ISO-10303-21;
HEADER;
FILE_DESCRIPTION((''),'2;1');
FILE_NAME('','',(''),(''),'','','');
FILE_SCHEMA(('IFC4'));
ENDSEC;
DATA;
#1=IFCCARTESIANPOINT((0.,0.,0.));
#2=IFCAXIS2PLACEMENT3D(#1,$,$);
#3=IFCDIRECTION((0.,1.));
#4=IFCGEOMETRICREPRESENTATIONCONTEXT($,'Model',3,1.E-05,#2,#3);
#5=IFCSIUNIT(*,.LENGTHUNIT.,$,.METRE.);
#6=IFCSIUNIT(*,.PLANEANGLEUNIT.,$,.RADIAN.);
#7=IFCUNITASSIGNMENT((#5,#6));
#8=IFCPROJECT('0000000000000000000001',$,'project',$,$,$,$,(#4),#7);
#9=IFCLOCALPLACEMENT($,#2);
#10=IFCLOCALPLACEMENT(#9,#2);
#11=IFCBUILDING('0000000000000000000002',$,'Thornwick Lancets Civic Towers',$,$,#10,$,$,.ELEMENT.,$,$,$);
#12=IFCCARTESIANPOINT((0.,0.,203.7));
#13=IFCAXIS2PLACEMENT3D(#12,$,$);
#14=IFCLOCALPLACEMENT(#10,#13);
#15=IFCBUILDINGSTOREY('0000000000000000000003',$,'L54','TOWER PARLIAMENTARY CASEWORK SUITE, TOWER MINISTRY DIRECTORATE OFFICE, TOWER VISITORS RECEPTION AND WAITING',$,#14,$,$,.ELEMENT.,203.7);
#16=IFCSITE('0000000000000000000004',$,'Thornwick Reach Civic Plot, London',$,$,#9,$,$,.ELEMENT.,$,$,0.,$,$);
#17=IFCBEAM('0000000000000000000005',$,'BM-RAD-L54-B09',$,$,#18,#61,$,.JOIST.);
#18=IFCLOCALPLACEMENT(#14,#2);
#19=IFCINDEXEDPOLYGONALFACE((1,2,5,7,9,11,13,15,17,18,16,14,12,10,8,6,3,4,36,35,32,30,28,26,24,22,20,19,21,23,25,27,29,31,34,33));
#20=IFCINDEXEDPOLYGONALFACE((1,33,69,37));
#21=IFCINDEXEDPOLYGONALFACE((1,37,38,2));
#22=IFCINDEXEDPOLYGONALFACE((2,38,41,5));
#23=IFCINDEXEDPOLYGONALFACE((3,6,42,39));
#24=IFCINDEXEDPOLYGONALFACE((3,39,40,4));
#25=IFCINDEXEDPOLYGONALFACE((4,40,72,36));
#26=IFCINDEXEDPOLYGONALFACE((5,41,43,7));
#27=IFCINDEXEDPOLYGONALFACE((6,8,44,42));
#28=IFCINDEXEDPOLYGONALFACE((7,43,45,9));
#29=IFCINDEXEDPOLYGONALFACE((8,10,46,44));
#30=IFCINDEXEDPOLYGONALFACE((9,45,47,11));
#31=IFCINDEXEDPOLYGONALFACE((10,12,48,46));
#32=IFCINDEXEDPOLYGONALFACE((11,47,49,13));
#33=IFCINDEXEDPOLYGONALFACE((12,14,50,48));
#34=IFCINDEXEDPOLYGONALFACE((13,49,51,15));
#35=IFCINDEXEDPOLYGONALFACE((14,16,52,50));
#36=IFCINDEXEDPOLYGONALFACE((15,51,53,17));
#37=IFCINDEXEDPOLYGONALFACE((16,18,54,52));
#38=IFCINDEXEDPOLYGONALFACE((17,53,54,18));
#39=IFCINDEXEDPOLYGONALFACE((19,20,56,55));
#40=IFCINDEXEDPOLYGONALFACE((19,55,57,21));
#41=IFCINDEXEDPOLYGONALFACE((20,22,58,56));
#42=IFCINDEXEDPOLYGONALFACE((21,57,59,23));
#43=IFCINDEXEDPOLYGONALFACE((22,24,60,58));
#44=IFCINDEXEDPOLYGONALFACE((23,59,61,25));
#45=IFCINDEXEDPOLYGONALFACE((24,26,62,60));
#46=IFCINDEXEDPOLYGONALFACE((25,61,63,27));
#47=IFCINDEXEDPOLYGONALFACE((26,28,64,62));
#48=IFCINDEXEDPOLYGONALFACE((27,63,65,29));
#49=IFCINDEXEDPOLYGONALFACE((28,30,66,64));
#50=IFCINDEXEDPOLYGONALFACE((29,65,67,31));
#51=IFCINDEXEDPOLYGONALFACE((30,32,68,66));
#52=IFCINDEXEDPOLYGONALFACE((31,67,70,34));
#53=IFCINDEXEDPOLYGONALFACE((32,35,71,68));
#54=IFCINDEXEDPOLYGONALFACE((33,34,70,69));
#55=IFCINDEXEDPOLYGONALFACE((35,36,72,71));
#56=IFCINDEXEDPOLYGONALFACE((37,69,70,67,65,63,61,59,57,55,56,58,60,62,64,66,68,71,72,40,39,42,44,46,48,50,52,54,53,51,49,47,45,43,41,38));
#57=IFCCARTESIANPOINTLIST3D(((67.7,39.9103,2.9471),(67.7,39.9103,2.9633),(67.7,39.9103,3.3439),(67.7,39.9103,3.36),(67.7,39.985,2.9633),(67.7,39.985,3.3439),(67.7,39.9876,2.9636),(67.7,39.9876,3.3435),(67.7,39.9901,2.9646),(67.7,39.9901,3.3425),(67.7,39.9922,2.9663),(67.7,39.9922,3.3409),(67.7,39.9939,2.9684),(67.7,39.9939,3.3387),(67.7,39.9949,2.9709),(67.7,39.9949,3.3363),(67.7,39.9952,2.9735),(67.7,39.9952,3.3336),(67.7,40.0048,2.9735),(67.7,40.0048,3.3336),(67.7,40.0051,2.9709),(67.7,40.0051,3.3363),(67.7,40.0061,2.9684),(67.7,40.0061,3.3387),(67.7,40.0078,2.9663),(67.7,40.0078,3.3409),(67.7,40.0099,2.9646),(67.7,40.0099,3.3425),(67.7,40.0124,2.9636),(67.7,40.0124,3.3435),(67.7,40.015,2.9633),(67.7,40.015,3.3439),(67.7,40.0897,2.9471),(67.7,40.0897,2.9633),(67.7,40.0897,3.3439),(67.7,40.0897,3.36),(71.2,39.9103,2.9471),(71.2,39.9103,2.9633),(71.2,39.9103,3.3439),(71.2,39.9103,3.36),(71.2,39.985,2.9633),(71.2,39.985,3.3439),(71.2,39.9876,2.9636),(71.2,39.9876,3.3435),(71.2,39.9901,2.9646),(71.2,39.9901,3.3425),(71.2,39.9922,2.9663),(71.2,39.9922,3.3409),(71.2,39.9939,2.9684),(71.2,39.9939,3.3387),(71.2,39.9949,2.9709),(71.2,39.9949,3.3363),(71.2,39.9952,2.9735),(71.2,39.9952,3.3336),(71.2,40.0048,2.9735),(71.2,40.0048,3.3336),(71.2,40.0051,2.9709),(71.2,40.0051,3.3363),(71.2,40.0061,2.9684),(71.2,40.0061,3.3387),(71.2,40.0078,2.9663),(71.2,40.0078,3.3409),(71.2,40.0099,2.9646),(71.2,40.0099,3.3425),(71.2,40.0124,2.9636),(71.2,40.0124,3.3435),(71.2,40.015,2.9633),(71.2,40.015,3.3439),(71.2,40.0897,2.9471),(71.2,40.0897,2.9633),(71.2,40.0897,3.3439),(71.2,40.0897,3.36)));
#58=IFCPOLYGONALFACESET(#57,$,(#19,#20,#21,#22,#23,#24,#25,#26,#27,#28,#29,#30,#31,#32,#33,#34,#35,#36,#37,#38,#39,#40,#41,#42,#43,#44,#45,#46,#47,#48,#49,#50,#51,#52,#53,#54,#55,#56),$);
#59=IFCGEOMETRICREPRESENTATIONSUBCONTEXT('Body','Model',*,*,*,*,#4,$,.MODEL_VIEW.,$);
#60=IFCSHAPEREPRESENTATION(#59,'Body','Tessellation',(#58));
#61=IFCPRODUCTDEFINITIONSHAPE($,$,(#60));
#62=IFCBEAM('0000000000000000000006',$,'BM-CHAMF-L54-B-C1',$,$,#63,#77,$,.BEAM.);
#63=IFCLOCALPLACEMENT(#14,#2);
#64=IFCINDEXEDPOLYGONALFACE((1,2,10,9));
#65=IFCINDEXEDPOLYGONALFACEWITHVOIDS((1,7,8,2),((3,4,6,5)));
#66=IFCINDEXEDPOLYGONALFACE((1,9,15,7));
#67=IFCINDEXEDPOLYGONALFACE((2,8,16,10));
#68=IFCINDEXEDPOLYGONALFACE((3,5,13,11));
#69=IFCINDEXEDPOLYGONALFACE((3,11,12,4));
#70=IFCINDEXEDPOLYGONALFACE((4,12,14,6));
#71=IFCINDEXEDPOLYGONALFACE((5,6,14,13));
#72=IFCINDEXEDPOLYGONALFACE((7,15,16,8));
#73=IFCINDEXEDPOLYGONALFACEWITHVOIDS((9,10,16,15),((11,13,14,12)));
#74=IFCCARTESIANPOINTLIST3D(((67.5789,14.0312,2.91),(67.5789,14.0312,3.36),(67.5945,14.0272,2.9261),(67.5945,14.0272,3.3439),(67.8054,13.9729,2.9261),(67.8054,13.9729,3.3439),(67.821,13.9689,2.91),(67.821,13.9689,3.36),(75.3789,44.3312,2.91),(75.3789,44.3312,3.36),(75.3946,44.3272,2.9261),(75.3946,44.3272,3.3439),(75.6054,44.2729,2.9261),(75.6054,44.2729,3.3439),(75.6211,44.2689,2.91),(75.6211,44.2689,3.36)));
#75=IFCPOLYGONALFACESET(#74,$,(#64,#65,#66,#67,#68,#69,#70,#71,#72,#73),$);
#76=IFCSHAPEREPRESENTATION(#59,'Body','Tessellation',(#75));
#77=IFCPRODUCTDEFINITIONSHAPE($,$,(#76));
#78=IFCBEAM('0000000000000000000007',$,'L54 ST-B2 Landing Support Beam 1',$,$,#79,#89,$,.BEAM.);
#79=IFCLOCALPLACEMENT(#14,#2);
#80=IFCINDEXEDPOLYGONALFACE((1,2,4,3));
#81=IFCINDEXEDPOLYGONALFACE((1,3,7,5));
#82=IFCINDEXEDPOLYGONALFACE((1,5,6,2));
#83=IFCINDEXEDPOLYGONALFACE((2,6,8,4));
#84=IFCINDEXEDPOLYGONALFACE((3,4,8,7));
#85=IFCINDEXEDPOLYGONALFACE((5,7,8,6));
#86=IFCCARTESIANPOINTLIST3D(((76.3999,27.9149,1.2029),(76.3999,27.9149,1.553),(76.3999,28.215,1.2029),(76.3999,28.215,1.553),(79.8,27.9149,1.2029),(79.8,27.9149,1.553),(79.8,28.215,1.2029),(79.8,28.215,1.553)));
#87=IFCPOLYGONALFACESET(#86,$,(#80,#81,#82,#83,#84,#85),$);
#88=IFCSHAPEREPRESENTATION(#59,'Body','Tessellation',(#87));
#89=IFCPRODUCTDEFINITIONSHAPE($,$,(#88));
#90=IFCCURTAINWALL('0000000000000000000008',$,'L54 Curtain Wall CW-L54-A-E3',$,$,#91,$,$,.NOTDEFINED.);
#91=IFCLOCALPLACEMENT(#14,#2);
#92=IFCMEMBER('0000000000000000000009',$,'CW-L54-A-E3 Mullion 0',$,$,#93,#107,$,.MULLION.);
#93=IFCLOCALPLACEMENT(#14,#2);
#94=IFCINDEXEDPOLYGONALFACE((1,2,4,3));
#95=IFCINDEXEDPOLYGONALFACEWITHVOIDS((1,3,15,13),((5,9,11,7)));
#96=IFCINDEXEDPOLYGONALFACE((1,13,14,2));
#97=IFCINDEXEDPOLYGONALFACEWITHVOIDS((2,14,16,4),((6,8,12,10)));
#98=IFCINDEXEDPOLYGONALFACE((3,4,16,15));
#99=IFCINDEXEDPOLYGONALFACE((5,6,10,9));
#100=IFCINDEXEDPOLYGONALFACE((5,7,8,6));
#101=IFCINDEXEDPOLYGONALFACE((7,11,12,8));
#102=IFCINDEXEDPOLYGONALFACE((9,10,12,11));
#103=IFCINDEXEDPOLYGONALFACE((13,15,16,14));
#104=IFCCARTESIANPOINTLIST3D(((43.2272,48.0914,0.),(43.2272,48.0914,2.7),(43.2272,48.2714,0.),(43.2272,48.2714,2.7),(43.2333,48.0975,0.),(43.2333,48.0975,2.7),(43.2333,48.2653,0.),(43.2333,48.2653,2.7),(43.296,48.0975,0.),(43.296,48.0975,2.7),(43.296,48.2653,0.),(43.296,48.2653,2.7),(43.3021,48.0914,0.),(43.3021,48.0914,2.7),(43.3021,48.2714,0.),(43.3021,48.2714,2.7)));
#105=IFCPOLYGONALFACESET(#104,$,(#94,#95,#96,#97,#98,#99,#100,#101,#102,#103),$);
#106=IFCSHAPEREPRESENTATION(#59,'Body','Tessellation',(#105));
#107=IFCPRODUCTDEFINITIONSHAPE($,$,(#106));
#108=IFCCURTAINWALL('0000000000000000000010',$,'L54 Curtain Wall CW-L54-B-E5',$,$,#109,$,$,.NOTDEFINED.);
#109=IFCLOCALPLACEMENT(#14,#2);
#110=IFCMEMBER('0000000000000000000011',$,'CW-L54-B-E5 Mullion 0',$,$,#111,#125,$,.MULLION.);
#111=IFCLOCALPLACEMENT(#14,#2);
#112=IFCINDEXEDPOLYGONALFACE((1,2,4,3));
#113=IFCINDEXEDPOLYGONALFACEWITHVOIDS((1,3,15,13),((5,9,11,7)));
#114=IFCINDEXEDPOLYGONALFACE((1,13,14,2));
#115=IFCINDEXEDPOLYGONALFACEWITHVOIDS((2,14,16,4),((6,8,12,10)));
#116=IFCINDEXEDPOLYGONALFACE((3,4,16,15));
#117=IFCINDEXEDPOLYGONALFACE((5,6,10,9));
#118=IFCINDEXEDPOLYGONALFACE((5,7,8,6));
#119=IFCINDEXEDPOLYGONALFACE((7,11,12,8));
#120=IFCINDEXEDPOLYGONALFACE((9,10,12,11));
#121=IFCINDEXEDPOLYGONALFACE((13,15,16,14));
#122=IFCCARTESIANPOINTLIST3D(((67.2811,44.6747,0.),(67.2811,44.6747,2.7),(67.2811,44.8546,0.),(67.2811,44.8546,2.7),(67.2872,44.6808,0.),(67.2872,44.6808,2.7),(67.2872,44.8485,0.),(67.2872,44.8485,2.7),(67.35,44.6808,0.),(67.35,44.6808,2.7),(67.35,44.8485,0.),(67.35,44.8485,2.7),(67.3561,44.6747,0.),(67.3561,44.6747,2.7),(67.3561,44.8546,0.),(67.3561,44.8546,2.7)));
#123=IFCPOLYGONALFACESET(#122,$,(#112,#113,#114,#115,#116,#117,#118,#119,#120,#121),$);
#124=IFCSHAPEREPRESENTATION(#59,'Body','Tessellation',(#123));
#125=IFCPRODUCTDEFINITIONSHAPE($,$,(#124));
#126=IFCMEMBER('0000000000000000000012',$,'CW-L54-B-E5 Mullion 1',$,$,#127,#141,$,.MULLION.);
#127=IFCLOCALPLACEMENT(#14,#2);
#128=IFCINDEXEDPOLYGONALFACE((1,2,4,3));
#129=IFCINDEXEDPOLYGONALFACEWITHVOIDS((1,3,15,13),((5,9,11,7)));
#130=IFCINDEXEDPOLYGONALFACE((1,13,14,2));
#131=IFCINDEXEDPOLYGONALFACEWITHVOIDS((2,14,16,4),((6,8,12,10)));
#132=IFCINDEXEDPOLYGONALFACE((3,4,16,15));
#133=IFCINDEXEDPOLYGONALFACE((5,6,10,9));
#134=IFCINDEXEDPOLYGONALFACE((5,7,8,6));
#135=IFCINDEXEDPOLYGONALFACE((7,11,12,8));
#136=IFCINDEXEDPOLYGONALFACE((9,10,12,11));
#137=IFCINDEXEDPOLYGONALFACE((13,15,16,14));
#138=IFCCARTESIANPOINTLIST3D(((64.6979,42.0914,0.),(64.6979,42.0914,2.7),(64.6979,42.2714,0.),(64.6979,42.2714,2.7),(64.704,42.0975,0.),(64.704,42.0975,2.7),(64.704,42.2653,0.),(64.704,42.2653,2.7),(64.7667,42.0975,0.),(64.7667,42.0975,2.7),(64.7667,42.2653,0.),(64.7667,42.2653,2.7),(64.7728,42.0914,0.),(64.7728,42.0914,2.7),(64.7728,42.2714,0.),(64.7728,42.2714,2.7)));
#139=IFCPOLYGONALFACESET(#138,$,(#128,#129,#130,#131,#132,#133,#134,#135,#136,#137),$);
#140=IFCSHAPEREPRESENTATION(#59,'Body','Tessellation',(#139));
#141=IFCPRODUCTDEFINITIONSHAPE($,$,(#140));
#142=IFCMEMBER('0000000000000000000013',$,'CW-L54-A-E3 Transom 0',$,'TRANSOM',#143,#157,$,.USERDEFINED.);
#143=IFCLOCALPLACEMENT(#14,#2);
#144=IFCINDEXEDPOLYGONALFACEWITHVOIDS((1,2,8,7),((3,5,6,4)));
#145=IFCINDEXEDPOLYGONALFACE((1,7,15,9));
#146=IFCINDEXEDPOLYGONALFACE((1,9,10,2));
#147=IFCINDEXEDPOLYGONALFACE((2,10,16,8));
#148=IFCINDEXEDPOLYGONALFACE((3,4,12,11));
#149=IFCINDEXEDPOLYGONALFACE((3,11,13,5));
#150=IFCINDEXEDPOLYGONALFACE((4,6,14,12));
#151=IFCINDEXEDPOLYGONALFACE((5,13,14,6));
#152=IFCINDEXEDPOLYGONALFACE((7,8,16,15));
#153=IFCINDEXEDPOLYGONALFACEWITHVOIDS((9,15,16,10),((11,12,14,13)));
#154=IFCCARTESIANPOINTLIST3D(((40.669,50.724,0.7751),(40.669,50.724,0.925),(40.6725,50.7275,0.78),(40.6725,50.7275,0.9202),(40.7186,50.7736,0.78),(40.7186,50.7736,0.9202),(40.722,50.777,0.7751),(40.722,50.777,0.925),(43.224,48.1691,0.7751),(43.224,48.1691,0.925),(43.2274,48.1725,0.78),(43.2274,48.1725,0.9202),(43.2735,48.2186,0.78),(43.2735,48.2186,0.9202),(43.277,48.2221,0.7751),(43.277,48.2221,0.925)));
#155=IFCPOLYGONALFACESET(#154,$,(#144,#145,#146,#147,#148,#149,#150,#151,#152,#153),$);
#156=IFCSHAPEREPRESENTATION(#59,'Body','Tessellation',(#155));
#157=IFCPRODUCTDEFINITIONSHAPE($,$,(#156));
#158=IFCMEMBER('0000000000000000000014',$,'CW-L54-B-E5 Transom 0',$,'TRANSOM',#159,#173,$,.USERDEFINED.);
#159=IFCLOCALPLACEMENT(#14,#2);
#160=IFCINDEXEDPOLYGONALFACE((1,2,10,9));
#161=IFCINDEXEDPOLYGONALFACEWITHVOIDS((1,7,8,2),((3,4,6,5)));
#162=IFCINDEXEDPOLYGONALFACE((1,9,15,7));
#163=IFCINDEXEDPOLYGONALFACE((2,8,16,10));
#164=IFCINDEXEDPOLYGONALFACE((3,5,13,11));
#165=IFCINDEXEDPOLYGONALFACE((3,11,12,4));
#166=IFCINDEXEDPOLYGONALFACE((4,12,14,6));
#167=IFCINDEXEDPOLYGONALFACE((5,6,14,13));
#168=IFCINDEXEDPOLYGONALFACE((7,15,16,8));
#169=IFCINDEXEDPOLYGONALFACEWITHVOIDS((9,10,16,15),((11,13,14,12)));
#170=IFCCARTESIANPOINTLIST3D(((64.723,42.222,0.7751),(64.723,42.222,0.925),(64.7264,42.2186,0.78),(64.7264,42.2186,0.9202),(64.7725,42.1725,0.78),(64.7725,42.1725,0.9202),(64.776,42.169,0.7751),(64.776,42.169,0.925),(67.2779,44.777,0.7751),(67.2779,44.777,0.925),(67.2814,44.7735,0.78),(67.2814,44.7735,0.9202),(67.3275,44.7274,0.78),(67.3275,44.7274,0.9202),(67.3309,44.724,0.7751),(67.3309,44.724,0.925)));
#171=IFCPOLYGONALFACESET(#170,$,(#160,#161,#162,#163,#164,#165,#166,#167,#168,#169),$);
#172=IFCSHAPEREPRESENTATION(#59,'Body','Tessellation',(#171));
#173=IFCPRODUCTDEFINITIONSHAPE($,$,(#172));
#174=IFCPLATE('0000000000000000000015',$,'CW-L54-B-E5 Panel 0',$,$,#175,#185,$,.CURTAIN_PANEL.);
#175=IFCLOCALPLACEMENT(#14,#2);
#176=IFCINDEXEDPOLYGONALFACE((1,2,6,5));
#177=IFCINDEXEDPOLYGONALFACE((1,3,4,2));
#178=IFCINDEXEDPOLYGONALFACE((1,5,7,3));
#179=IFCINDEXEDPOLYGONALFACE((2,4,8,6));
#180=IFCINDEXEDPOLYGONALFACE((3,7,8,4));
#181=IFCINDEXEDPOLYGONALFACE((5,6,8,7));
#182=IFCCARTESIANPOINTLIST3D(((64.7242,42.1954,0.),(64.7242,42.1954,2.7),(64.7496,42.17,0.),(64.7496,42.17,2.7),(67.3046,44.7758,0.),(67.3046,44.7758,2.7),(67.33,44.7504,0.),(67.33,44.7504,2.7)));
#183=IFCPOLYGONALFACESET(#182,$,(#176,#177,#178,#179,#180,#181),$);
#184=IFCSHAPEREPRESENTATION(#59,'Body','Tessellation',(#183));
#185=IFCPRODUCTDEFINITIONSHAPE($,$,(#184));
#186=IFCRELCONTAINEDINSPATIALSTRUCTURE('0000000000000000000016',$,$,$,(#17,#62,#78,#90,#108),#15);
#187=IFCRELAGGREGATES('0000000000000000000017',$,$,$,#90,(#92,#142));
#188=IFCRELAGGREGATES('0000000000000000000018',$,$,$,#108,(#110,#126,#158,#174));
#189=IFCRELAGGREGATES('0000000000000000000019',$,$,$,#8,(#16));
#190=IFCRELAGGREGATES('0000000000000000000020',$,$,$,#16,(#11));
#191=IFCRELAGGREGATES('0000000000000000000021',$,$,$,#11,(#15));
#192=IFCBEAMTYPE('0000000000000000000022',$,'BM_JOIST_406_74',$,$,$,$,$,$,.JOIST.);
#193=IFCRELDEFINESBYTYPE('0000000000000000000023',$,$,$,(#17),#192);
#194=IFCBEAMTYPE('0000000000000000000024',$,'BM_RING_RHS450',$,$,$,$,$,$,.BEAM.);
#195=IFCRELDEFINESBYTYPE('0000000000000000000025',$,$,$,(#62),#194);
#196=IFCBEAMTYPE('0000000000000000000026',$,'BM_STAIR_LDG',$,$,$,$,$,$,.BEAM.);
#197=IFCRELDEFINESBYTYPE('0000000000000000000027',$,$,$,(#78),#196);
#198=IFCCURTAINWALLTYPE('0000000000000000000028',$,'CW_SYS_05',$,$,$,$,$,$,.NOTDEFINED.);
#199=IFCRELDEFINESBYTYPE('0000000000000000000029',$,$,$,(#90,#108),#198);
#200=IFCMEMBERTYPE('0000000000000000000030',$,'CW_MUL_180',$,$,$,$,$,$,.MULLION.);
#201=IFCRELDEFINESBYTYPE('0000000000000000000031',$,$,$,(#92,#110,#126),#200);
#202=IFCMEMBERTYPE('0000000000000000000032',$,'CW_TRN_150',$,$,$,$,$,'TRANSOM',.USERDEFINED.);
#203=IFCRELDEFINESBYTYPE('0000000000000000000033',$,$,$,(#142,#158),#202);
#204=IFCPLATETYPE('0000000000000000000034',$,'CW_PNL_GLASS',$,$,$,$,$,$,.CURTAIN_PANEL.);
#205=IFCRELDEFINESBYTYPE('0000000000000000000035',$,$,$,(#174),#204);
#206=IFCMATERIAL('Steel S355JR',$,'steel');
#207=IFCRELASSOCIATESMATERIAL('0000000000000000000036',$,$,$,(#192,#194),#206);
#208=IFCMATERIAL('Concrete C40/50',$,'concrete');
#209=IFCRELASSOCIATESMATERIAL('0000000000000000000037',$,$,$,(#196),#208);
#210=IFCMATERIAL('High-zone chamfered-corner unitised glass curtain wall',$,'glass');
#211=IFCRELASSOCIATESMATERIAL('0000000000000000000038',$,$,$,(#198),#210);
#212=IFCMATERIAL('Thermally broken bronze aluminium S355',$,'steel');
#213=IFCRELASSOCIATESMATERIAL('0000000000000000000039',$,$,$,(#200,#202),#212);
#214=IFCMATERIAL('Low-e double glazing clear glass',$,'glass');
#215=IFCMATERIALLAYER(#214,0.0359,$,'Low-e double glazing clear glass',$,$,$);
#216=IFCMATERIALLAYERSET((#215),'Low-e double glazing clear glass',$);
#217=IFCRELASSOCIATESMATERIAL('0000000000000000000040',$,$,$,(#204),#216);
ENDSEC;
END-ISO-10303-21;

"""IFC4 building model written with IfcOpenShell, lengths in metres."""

from ifc_helpers import new_model, si_unit, direction, frame, origin, origin_2d, place, context, subcontext, project, spatial, rectangle, hollow_rectangle, i_section, extrude, material, layer, layer_set, material_profile, profile_set, type_object, element, aggregate, save


model = new_model("IFC4")

# Units and contexts
model_context = context("Model", 3, precision=1e-05, world=origin(), true_north=direction((0.0, 1.0)))
body_context = subcontext(model_context, "Body", "Model", "MODEL_VIEW")
ifc_project = project(units=[si_unit("LENGTHUNIT", "METRE"), si_unit("PLANEANGLEUNIT", "RADIAN")], contexts=[model_context])

# Site, building, storey
site_placement = place(None, origin())
site = spatial("IfcSite", under=ifc_project, at=site_placement, Name="Thornwick Reach Civic Plot, London", CompositionType="ELEMENT", RefElevation=0.0)
building_placement = place(site_placement, origin())
building = spatial("IfcBuilding", under=site, at=building_placement, Name="Thornwick Lancets Civic Towers", CompositionType="ELEMENT")
storey_placement = place(building_placement, frame((0.0, 0.0, 203.7)))
storey = spatial("IfcBuildingStorey", under=building, at=storey_placement, Name="L54", Description="TOWER PARLIAMENTARY CASEWORK SUITE, TOWER MINISTRY DIRECTORATE OFFICE, TOWER VISITORS RECEPTION AND WAITING", CompositionType="ELEMENT", Elevation=203.7)

# Shared definitions
ifc_material_1 = material(Name="Steel S355JR", Category="steel")

# Beams
ifc_material_profile_1 = material_profile(ifc_material_1, i_section(OverallWidth=0.1794, OverallDepth=0.4128, WebThickness=0.0095, FlangeThickness=0.0161, FilletRadius=0.0103, at=origin_2d()), Name="UKB 406x178x74")
ifc_profile_set_1 = profile_set([ifc_material_profile_1], Name="Steel S355JR")
beam_type_1 = type_object("IfcBeamType", Name="BM_JOIST_406_74", PredefinedType="JOIST", material=ifc_profile_set_1)
for number, where, z_axis, x_axis, name in (
    (1, (71.2, 40.0, 3.1536), (-1.0, 0.0, 0.0), (0.0, -1.0, 0.0), "BM-RAD-L54-B09"),
):
    element("IfcBeam", number, at=place(storey_placement, frame(where, z_axis=z_axis, x_axis=x_axis)), inside=storey, type_object=beam_type_1, Name=name, PredefinedType="JOIST", context=body_context, shape_type="SweptSolid", body=[
        extrude(i_section(OverallWidth=0.1794, OverallDepth=0.4128, WebThickness=0.0095, FlangeThickness=0.0161, FilletRadius=0.0103, at=origin_2d()), origin(), (0.0, 0.0, 1.0), 3.5),
    ])
ifc_material_profile_2 = material_profile(ifc_material_1, hollow_rectangle(XDim=0.25, YDim=0.45, WallThickness=0.0161, at=origin_2d()), Name="RHS 450x250x16")
ifc_profile_set_2 = profile_set([ifc_material_profile_2], Name="Steel S355JR")
beam_type_2 = type_object("IfcBeamType", Name="BM_RING_RHS450", PredefinedType="BEAM", material=ifc_profile_set_2)
beam_1_placement = place(storey_placement, frame((75.5, 44.3, 3.135), z_axis=(-0.249299, -0.968427, 0.0), x_axis=(0.968427, -0.249299, 0.0)))
element("IfcBeam", 2, at=beam_1_placement, inside=storey, type_object=beam_type_2, Name="BM-CHAMF-L54-B-C1", PredefinedType="BEAM", context=body_context, shape_type="SweptSolid", body=[
    extrude(hollow_rectangle(XDim=0.25, YDim=0.45, WallThickness=0.0161, at=origin_2d()), origin(), (0.0, 0.0, 1.0), 31.2878),
])
ifc_material_2 = material(Name="Concrete C40/50", Category="concrete")
ifc_material_profile_3 = material_profile(ifc_material_2, rectangle(XDim=0.3, YDim=0.3501, at=origin_2d()), Name="RC 300x350")
ifc_profile_set_3 = profile_set([ifc_material_profile_3], Name="Concrete C40/50")
beam_type_3 = type_object("IfcBeamType", Name="BM_STAIR_LDG", PredefinedType="BEAM", material=ifc_profile_set_3)
beam_2_placement = place(storey_placement, frame((76.3999, 28.0649, 1.3779), z_axis=(1.0, 0.0, 0.0), x_axis=(0.0, 1.0, 0.0)))
element("IfcBeam", 3, at=beam_2_placement, inside=storey, type_object=beam_type_3, Name="L54 ST-B2 Landing Support Beam 1", PredefinedType="BEAM", context=body_context, shape_type="SweptSolid", body=[
    extrude(rectangle(XDim=0.3, YDim=0.3501, at=origin_2d()), origin(), (0.0, 0.0, 1.0), 3.4001),
])

# Curtain wall, member
ifc_material_3 = material(Name="High-zone chamfered-corner unitised glass curtain wall", Category="glass")
curtain_wall_type = type_object("IfcCurtainWallType", Name="CW_SYS_05", PredefinedType="NOTDEFINED", material=ifc_material_3)
curtain_wall_1_placement = place(storey_placement, origin())
curtain_wall_1 = element("IfcCurtainWall", 4, at=curtain_wall_1_placement, inside=storey, type_object=curtain_wall_type, Name="L54 Curtain Wall CW-L54-A-E3", PredefinedType="NOTDEFINED")
ifc_material_4 = material(Name="Thermally broken bronze aluminium S355", Category="steel")
ifc_material_profile_4 = material_profile(ifc_material_4, hollow_rectangle(XDim=0.075, YDim=0.1799, WallThickness=0.0061, at=origin_2d()), Name="RHS 180x75x6")
ifc_profile_set_4 = profile_set([ifc_material_profile_4], Name="Thermally broken bronze aluminium S355")
member_type_1 = type_object("IfcMemberType", Name="CW_MUL_180", PredefinedType="MULLION", material=ifc_profile_set_4)
member_1_placement = place(storey_placement, frame((43.2646, 48.1814, 0.0), z_axis=(0.0, 0.0, 1.0), x_axis=(1.0, 0.0, 0.0)))
member_1 = element("IfcMember", 5, at=member_1_placement, type_object=member_type_1, Name="CW-L54-A-E3 Mullion 0", PredefinedType="MULLION", context=body_context, shape_type="SweptSolid", body=[
    extrude(hollow_rectangle(XDim=0.075, YDim=0.1799, WallThickness=0.0061, at=origin_2d()), origin(), (0.0, 0.0, 1.0), 2.7),
])

# Curtain wall, members
curtain_wall_2_placement = place(storey_placement, origin())
curtain_wall_2 = element("IfcCurtainWall", 6, at=curtain_wall_2_placement, inside=storey, type_object=curtain_wall_type, Name="L54 Curtain Wall CW-L54-B-E5", PredefinedType="NOTDEFINED")
member_2_placement = place(storey_placement, frame((67.3186, 44.7646, 0.0), z_axis=(0.0, 0.0, 1.0), x_axis=(1.0, 0.0, 0.0)))
member_2 = element("IfcMember", 7, at=member_2_placement, type_object=member_type_1, Name="CW-L54-B-E5 Mullion 0", PredefinedType="MULLION", context=body_context, shape_type="SweptSolid", body=[
    extrude(hollow_rectangle(XDim=0.075, YDim=0.1799, WallThickness=0.0061, at=origin_2d()), origin(), (0.0, 0.0, 1.0), 2.7),
])
member_3_placement = place(storey_placement, frame((64.7354, 42.1814, 0.0), z_axis=(0.0, 0.0, 1.0), x_axis=(1.0, 0.0, 0.0)))
member_3 = element("IfcMember", 8, at=member_3_placement, type_object=member_type_1, Name="CW-L54-B-E5 Mullion 1", PredefinedType="MULLION", context=body_context, shape_type="SweptSolid", body=[
    extrude(hollow_rectangle(XDim=0.075, YDim=0.1799, WallThickness=0.0061, at=origin_2d()), origin(), (0.0, 0.0, 1.0), 2.7),
])

# Members
ifc_material_profile_5 = material_profile(ifc_material_4, hollow_rectangle(XDim=0.075, YDim=0.1499, WallThickness=0.0049, at=origin_2d()), Name="RHS 150x75x5")
ifc_profile_set_5 = profile_set([ifc_material_profile_5], Name="Thermally broken bronze aluminium S355")
member_type_2 = type_object("IfcMemberType", Name="CW_TRN_150", ElementType="TRANSOM", PredefinedType="USERDEFINED", material=ifc_profile_set_5)
member_4_placement = place(storey_placement, frame((43.2505, 48.1956, 0.8501), z_axis=(-0.707107, 0.707107, 0.0), x_axis=(-0.707107, -0.707107, 0.0)))
member_4 = element("IfcMember", 9, at=member_4_placement, type_object=member_type_2, Name="CW-L54-A-E3 Transom 0", ObjectType="TRANSOM", PredefinedType="USERDEFINED", context=body_context, shape_type="SweptSolid", body=[
    extrude(hollow_rectangle(XDim=0.075, YDim=0.1499, WallThickness=0.0049, at=origin_2d()), origin(), (0.0, 0.0, 1.0), 3.6133),
])
aggregate(curtain_wall_1, [member_1, member_4])
member_5_placement = place(storey_placement, frame((67.3044, 44.7505, 0.8501), z_axis=(-0.707107, -0.707107, 0.0), x_axis=(0.707107, -0.707107, 0.0)))
member_5 = element("IfcMember", 10, at=member_5_placement, type_object=member_type_2, Name="CW-L54-B-E5 Transom 0", ObjectType="TRANSOM", PredefinedType="USERDEFINED", context=body_context, shape_type="SweptSolid", body=[
    extrude(hollow_rectangle(XDim=0.075, YDim=0.1499, WallThickness=0.0049, at=origin_2d()), origin(), (0.0, 0.0, 1.0), 3.6133),
])

# Plate
ifc_material_5 = material(Name="Low-e double glazing clear glass", Category="glass")
ifc_layer_1 = layer(ifc_material_5, 0.0359, Name="Low-e double glazing clear glass")
ifc_layer_set_1 = layer_set([ifc_layer_1], Name="Low-e double glazing clear glass")
plate_type = type_object("IfcPlateType", Name="CW_PNL_GLASS", PredefinedType="CURTAIN_PANEL", material=ifc_layer_set_1)
plate_placement = place(storey_placement, frame((66.0271, 43.4729, 0.0), z_axis=(0.0, 0.0, 1.0), x_axis=(-0.707107, -0.707107, 0.0)))
plate = element("IfcPlate", 11, at=plate_placement, type_object=plate_type, Name="CW-L54-B-E5 Panel 0", PredefinedType="CURTAIN_PANEL", context=body_context, shape_type="SweptSolid", body=[
    extrude(rectangle(XDim=3.6492, YDim=0.0359, at=origin_2d()), origin(), (0.0, 0.0, 1.0), 2.7),
])
aggregate(curtain_wall_2, [member_2, member_3, member_5, plate])

save(model, "model.ifc")
